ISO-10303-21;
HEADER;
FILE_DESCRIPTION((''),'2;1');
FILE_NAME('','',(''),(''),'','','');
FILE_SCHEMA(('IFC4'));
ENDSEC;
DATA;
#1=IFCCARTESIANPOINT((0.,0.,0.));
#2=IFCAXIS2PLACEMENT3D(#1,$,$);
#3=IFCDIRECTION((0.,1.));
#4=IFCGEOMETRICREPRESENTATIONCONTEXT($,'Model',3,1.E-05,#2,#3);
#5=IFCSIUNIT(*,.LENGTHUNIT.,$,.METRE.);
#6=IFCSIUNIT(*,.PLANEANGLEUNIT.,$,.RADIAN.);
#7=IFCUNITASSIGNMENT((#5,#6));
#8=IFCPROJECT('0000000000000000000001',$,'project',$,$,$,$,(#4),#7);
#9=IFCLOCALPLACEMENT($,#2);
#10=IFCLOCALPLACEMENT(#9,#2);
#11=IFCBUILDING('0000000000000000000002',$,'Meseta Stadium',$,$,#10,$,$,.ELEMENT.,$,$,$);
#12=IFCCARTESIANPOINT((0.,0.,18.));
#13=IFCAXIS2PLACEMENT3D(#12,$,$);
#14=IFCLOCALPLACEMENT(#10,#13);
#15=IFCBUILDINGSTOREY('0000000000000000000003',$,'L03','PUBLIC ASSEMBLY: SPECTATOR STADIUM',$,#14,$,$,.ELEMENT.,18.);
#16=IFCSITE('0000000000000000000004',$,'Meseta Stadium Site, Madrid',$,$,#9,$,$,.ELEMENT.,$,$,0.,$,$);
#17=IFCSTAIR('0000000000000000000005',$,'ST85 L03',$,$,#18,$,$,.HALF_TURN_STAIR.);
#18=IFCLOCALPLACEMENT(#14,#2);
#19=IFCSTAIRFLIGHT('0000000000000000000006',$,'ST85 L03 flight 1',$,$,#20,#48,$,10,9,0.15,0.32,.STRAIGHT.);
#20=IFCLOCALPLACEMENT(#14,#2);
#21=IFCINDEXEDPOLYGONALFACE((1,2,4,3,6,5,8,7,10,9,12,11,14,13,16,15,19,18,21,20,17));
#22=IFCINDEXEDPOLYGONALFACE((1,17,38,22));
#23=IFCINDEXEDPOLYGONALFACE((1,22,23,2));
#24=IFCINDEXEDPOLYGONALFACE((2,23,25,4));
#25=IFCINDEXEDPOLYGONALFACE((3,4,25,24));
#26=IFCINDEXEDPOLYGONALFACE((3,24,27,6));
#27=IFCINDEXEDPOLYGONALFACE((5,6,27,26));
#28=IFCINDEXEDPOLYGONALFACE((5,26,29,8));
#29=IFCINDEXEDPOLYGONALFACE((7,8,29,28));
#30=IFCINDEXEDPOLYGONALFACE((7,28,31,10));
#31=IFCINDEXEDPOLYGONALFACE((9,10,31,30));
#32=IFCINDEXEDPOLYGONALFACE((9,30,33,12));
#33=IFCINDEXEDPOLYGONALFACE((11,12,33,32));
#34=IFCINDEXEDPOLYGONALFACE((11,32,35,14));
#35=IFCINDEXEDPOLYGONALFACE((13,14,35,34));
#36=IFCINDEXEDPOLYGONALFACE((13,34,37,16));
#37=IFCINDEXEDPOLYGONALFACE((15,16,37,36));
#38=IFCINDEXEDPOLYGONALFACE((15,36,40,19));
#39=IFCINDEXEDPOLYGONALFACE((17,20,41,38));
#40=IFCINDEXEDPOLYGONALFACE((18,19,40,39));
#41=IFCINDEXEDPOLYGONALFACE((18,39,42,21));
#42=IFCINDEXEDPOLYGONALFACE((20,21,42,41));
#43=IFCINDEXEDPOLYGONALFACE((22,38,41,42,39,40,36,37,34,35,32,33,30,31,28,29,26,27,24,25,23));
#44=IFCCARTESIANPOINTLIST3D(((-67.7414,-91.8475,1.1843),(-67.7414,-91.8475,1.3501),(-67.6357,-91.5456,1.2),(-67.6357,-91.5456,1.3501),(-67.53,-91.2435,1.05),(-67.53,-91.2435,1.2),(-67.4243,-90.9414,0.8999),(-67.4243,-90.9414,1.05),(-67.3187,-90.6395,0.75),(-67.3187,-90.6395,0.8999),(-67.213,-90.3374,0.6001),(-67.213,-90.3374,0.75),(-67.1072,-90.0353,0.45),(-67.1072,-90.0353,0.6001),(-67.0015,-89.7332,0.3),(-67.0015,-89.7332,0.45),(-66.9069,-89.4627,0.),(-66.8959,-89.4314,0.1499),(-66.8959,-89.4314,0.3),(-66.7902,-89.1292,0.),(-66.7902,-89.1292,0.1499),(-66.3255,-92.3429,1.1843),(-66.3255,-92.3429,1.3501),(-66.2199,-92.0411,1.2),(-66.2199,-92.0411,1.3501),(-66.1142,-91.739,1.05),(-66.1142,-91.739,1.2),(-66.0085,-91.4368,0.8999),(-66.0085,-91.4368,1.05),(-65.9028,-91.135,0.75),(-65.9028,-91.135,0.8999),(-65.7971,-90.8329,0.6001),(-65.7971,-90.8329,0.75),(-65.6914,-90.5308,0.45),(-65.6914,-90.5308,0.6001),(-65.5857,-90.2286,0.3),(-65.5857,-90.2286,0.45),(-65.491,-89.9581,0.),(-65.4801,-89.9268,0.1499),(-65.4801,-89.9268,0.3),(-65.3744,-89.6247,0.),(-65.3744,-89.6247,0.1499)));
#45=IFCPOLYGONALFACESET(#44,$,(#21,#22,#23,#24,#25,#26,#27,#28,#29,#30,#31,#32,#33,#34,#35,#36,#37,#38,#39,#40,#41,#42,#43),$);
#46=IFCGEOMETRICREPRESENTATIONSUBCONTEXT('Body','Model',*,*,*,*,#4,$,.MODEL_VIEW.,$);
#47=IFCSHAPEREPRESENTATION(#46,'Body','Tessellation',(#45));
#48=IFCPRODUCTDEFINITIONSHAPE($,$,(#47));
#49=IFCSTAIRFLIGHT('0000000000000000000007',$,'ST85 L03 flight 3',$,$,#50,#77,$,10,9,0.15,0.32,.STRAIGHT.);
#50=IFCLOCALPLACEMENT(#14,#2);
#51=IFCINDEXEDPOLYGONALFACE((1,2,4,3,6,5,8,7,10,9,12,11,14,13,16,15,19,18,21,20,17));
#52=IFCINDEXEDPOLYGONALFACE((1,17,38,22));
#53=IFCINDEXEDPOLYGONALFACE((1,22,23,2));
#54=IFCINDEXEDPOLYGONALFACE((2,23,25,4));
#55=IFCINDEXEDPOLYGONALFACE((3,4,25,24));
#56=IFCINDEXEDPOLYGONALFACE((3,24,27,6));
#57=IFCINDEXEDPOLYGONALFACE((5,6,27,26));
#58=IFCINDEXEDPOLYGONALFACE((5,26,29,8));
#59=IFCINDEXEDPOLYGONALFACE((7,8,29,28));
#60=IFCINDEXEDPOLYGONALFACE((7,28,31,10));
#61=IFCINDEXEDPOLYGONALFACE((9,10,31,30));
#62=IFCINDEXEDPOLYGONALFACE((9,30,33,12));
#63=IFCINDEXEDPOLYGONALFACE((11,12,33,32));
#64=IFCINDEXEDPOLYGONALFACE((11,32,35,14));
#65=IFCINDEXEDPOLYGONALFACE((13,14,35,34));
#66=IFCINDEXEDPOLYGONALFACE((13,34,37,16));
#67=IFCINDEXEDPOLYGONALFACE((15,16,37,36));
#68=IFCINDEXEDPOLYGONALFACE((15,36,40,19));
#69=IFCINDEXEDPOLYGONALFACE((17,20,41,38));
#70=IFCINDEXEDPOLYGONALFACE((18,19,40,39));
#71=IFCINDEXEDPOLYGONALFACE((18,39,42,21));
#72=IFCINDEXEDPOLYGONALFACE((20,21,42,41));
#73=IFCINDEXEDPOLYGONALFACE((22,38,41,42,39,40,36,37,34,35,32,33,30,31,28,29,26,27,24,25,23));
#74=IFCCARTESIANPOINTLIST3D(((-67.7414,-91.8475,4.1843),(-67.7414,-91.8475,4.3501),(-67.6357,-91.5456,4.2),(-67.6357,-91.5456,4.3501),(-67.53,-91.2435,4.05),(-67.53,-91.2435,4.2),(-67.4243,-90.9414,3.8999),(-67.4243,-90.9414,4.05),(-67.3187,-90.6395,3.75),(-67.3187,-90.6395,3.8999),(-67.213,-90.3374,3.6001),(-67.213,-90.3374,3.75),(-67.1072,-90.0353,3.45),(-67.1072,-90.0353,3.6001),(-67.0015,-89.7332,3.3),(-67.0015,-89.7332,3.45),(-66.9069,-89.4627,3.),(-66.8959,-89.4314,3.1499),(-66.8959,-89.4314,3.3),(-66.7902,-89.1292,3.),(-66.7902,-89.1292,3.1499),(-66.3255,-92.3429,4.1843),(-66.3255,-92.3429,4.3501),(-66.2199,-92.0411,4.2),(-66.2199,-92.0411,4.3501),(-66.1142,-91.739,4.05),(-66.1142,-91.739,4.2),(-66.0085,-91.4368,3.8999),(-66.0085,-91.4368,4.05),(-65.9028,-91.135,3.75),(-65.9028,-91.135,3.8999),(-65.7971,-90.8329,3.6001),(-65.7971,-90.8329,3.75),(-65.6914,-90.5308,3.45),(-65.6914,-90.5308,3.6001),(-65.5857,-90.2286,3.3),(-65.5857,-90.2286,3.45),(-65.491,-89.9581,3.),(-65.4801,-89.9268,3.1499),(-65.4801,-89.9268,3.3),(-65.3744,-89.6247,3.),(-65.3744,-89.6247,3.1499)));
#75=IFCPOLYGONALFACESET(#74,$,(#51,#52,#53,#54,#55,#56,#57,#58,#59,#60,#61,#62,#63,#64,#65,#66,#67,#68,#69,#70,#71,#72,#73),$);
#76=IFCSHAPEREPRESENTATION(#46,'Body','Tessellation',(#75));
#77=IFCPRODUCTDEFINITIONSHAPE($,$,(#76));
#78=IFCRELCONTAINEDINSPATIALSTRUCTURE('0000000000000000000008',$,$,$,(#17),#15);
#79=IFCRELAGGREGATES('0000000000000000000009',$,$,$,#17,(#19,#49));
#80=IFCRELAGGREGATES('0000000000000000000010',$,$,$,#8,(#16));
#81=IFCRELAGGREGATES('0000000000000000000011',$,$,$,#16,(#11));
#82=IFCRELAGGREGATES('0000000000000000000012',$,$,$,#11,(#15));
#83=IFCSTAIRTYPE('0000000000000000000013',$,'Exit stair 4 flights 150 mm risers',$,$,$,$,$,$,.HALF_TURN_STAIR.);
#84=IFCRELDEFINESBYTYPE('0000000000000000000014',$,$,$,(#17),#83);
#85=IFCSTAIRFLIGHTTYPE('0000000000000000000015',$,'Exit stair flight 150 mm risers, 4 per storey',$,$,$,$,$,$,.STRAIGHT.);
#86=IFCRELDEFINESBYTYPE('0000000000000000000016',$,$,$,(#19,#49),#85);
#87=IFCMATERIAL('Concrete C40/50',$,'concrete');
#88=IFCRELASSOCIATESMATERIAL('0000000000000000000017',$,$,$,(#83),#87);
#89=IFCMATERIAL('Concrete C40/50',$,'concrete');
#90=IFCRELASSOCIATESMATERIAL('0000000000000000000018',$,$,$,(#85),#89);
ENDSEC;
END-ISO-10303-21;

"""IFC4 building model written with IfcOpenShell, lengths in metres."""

from ifc_helpers import new_model, si_unit, direction, frame, origin, place, context, subcontext, project, spatial, polyline, outline, extrude, material, type_object, element, aggregate, save


model = new_model("IFC4")

# Units and contexts
model_context = context("Model", 3, precision=1e-05, world=origin(), true_north=direction((0.0, 1.0)))
body_context = subcontext(model_context, "Body", "Model", "MODEL_VIEW")
ifc_project = project(units=[si_unit("LENGTHUNIT", "METRE"), si_unit("PLANEANGLEUNIT", "RADIAN")], contexts=[model_context])

# Site, building, storey
site_placement = place(None, origin())
site = spatial("IfcSite", under=ifc_project, at=site_placement, Name="Meseta Stadium Site, Madrid", CompositionType="ELEMENT", RefElevation=0.0)
building_placement = place(site_placement, origin())
building = spatial("IfcBuilding", under=site, at=building_placement, Name="Meseta Stadium", CompositionType="ELEMENT")
storey_placement = place(building_placement, frame((0.0, 0.0, 18.0)))
storey = spatial("IfcBuildingStorey", under=building, at=storey_placement, Name="L03", Description="PUBLIC ASSEMBLY: SPECTATOR STADIUM", CompositionType="ELEMENT", Elevation=18.0)

# Stair, stair flights
ifc_material_1 = material(Name="Concrete C40/50", Category="concrete")
stair_type = type_object("IfcStairType", Name="Exit stair 4 flights 150 mm risers", PredefinedType="HALF_TURN_STAIR", material=ifc_material_1)
stair_placement = place(storey_placement, origin())
stair = element("IfcStair", 1, at=stair_placement, inside=storey, type_object=stair_type, Name="ST85 L03", PredefinedType="HALF_TURN_STAIR")
ifc_material_2 = material(Name="Concrete C40/50", Category="concrete")
stair_flight_type = type_object("IfcStairFlightType", Name="Exit stair flight 150 mm risers, 4 per storey", PredefinedType="STRAIGHT", material=ifc_material_2)
stair_flight_1_placement = place(storey_placement, frame((-66.0823, -89.377, 0.0), z_axis=(0.0, 0.0, 1.0), x_axis=(-0.330279, -0.943883, 0.0)))
stair_flight_1 = element("IfcStairFlight", 2, at=stair_flight_1_placement, type_object=stair_flight_type, Name="ST85 L03 flight 1", NumberOfRisers=10, NumberOfTreads=9, PredefinedType="STRAIGHT", RiserHeight=0.15, TreadLength=0.32, context=body_context, shape_type="SweptSolid", body=[
    extrude(outline(polyline([(0.0, 0.0), (0.0, 0.1499), (0.3201, 0.1499), (0.3201, 0.3), (0.6399, 0.3), (0.6399, 0.45), (0.96, 0.45), (0.96, 0.6001), (1.28, 0.6001), (1.28, 0.75), (1.6001, 0.75), (1.6001, 0.8999), (1.9199, 0.8999), (1.9199, 1.05), (2.24, 1.05), (2.24, 1.2), (2.5601, 1.2), (2.5601, 1.3501), (2.8799, 1.3501), (2.8799, 1.1843), (0.3533, 0.0), (0.0, 0.0)])), frame((0.0, 0.75, 0.0), z_axis=(0.0, -1.0, 0.0), x_axis=(1.0, 0.0, 0.0)), (0.0, 0.0, 1.0), 1.5),
])
stair_flight_2_placement = place(storey_placement, frame((-66.0823, -89.377, 3.0), z_axis=(0.0, 0.0, 1.0), x_axis=(-0.330279, -0.943883, 0.0)))
stair_flight_2 = element("IfcStairFlight", 3, at=stair_flight_2_placement, type_object=stair_flight_type, Name="ST85 L03 flight 3", NumberOfRisers=10, NumberOfTreads=9, PredefinedType="STRAIGHT", RiserHeight=0.15, TreadLength=0.32, context=body_context, shape_type="SweptSolid", body=[
    extrude(outline(polyline([(0.0, 0.0), (0.0, 0.1499), (0.3201, 0.1499), (0.3201, 0.3), (0.6399, 0.3), (0.6399, 0.45), (0.96, 0.45), (0.96, 0.6001), (1.28, 0.6001), (1.28, 0.75), (1.6001, 0.75), (1.6001, 0.8999), (1.9199, 0.8999), (1.9199, 1.05), (2.24, 1.05), (2.24, 1.2), (2.5601, 1.2), (2.5601, 1.3501), (2.8799, 1.3501), (2.8799, 1.1843), (0.3533, 0.0), (0.0, 0.0)])), frame((0.0, 0.75, 0.0), z_axis=(0.0, -1.0, 0.0), x_axis=(1.0, 0.0, 0.0)), (0.0, 0.0, 1.0), 1.5),
])
aggregate(stair, [stair_flight_1, stair_flight_2])

save(model, "model.ifc")
